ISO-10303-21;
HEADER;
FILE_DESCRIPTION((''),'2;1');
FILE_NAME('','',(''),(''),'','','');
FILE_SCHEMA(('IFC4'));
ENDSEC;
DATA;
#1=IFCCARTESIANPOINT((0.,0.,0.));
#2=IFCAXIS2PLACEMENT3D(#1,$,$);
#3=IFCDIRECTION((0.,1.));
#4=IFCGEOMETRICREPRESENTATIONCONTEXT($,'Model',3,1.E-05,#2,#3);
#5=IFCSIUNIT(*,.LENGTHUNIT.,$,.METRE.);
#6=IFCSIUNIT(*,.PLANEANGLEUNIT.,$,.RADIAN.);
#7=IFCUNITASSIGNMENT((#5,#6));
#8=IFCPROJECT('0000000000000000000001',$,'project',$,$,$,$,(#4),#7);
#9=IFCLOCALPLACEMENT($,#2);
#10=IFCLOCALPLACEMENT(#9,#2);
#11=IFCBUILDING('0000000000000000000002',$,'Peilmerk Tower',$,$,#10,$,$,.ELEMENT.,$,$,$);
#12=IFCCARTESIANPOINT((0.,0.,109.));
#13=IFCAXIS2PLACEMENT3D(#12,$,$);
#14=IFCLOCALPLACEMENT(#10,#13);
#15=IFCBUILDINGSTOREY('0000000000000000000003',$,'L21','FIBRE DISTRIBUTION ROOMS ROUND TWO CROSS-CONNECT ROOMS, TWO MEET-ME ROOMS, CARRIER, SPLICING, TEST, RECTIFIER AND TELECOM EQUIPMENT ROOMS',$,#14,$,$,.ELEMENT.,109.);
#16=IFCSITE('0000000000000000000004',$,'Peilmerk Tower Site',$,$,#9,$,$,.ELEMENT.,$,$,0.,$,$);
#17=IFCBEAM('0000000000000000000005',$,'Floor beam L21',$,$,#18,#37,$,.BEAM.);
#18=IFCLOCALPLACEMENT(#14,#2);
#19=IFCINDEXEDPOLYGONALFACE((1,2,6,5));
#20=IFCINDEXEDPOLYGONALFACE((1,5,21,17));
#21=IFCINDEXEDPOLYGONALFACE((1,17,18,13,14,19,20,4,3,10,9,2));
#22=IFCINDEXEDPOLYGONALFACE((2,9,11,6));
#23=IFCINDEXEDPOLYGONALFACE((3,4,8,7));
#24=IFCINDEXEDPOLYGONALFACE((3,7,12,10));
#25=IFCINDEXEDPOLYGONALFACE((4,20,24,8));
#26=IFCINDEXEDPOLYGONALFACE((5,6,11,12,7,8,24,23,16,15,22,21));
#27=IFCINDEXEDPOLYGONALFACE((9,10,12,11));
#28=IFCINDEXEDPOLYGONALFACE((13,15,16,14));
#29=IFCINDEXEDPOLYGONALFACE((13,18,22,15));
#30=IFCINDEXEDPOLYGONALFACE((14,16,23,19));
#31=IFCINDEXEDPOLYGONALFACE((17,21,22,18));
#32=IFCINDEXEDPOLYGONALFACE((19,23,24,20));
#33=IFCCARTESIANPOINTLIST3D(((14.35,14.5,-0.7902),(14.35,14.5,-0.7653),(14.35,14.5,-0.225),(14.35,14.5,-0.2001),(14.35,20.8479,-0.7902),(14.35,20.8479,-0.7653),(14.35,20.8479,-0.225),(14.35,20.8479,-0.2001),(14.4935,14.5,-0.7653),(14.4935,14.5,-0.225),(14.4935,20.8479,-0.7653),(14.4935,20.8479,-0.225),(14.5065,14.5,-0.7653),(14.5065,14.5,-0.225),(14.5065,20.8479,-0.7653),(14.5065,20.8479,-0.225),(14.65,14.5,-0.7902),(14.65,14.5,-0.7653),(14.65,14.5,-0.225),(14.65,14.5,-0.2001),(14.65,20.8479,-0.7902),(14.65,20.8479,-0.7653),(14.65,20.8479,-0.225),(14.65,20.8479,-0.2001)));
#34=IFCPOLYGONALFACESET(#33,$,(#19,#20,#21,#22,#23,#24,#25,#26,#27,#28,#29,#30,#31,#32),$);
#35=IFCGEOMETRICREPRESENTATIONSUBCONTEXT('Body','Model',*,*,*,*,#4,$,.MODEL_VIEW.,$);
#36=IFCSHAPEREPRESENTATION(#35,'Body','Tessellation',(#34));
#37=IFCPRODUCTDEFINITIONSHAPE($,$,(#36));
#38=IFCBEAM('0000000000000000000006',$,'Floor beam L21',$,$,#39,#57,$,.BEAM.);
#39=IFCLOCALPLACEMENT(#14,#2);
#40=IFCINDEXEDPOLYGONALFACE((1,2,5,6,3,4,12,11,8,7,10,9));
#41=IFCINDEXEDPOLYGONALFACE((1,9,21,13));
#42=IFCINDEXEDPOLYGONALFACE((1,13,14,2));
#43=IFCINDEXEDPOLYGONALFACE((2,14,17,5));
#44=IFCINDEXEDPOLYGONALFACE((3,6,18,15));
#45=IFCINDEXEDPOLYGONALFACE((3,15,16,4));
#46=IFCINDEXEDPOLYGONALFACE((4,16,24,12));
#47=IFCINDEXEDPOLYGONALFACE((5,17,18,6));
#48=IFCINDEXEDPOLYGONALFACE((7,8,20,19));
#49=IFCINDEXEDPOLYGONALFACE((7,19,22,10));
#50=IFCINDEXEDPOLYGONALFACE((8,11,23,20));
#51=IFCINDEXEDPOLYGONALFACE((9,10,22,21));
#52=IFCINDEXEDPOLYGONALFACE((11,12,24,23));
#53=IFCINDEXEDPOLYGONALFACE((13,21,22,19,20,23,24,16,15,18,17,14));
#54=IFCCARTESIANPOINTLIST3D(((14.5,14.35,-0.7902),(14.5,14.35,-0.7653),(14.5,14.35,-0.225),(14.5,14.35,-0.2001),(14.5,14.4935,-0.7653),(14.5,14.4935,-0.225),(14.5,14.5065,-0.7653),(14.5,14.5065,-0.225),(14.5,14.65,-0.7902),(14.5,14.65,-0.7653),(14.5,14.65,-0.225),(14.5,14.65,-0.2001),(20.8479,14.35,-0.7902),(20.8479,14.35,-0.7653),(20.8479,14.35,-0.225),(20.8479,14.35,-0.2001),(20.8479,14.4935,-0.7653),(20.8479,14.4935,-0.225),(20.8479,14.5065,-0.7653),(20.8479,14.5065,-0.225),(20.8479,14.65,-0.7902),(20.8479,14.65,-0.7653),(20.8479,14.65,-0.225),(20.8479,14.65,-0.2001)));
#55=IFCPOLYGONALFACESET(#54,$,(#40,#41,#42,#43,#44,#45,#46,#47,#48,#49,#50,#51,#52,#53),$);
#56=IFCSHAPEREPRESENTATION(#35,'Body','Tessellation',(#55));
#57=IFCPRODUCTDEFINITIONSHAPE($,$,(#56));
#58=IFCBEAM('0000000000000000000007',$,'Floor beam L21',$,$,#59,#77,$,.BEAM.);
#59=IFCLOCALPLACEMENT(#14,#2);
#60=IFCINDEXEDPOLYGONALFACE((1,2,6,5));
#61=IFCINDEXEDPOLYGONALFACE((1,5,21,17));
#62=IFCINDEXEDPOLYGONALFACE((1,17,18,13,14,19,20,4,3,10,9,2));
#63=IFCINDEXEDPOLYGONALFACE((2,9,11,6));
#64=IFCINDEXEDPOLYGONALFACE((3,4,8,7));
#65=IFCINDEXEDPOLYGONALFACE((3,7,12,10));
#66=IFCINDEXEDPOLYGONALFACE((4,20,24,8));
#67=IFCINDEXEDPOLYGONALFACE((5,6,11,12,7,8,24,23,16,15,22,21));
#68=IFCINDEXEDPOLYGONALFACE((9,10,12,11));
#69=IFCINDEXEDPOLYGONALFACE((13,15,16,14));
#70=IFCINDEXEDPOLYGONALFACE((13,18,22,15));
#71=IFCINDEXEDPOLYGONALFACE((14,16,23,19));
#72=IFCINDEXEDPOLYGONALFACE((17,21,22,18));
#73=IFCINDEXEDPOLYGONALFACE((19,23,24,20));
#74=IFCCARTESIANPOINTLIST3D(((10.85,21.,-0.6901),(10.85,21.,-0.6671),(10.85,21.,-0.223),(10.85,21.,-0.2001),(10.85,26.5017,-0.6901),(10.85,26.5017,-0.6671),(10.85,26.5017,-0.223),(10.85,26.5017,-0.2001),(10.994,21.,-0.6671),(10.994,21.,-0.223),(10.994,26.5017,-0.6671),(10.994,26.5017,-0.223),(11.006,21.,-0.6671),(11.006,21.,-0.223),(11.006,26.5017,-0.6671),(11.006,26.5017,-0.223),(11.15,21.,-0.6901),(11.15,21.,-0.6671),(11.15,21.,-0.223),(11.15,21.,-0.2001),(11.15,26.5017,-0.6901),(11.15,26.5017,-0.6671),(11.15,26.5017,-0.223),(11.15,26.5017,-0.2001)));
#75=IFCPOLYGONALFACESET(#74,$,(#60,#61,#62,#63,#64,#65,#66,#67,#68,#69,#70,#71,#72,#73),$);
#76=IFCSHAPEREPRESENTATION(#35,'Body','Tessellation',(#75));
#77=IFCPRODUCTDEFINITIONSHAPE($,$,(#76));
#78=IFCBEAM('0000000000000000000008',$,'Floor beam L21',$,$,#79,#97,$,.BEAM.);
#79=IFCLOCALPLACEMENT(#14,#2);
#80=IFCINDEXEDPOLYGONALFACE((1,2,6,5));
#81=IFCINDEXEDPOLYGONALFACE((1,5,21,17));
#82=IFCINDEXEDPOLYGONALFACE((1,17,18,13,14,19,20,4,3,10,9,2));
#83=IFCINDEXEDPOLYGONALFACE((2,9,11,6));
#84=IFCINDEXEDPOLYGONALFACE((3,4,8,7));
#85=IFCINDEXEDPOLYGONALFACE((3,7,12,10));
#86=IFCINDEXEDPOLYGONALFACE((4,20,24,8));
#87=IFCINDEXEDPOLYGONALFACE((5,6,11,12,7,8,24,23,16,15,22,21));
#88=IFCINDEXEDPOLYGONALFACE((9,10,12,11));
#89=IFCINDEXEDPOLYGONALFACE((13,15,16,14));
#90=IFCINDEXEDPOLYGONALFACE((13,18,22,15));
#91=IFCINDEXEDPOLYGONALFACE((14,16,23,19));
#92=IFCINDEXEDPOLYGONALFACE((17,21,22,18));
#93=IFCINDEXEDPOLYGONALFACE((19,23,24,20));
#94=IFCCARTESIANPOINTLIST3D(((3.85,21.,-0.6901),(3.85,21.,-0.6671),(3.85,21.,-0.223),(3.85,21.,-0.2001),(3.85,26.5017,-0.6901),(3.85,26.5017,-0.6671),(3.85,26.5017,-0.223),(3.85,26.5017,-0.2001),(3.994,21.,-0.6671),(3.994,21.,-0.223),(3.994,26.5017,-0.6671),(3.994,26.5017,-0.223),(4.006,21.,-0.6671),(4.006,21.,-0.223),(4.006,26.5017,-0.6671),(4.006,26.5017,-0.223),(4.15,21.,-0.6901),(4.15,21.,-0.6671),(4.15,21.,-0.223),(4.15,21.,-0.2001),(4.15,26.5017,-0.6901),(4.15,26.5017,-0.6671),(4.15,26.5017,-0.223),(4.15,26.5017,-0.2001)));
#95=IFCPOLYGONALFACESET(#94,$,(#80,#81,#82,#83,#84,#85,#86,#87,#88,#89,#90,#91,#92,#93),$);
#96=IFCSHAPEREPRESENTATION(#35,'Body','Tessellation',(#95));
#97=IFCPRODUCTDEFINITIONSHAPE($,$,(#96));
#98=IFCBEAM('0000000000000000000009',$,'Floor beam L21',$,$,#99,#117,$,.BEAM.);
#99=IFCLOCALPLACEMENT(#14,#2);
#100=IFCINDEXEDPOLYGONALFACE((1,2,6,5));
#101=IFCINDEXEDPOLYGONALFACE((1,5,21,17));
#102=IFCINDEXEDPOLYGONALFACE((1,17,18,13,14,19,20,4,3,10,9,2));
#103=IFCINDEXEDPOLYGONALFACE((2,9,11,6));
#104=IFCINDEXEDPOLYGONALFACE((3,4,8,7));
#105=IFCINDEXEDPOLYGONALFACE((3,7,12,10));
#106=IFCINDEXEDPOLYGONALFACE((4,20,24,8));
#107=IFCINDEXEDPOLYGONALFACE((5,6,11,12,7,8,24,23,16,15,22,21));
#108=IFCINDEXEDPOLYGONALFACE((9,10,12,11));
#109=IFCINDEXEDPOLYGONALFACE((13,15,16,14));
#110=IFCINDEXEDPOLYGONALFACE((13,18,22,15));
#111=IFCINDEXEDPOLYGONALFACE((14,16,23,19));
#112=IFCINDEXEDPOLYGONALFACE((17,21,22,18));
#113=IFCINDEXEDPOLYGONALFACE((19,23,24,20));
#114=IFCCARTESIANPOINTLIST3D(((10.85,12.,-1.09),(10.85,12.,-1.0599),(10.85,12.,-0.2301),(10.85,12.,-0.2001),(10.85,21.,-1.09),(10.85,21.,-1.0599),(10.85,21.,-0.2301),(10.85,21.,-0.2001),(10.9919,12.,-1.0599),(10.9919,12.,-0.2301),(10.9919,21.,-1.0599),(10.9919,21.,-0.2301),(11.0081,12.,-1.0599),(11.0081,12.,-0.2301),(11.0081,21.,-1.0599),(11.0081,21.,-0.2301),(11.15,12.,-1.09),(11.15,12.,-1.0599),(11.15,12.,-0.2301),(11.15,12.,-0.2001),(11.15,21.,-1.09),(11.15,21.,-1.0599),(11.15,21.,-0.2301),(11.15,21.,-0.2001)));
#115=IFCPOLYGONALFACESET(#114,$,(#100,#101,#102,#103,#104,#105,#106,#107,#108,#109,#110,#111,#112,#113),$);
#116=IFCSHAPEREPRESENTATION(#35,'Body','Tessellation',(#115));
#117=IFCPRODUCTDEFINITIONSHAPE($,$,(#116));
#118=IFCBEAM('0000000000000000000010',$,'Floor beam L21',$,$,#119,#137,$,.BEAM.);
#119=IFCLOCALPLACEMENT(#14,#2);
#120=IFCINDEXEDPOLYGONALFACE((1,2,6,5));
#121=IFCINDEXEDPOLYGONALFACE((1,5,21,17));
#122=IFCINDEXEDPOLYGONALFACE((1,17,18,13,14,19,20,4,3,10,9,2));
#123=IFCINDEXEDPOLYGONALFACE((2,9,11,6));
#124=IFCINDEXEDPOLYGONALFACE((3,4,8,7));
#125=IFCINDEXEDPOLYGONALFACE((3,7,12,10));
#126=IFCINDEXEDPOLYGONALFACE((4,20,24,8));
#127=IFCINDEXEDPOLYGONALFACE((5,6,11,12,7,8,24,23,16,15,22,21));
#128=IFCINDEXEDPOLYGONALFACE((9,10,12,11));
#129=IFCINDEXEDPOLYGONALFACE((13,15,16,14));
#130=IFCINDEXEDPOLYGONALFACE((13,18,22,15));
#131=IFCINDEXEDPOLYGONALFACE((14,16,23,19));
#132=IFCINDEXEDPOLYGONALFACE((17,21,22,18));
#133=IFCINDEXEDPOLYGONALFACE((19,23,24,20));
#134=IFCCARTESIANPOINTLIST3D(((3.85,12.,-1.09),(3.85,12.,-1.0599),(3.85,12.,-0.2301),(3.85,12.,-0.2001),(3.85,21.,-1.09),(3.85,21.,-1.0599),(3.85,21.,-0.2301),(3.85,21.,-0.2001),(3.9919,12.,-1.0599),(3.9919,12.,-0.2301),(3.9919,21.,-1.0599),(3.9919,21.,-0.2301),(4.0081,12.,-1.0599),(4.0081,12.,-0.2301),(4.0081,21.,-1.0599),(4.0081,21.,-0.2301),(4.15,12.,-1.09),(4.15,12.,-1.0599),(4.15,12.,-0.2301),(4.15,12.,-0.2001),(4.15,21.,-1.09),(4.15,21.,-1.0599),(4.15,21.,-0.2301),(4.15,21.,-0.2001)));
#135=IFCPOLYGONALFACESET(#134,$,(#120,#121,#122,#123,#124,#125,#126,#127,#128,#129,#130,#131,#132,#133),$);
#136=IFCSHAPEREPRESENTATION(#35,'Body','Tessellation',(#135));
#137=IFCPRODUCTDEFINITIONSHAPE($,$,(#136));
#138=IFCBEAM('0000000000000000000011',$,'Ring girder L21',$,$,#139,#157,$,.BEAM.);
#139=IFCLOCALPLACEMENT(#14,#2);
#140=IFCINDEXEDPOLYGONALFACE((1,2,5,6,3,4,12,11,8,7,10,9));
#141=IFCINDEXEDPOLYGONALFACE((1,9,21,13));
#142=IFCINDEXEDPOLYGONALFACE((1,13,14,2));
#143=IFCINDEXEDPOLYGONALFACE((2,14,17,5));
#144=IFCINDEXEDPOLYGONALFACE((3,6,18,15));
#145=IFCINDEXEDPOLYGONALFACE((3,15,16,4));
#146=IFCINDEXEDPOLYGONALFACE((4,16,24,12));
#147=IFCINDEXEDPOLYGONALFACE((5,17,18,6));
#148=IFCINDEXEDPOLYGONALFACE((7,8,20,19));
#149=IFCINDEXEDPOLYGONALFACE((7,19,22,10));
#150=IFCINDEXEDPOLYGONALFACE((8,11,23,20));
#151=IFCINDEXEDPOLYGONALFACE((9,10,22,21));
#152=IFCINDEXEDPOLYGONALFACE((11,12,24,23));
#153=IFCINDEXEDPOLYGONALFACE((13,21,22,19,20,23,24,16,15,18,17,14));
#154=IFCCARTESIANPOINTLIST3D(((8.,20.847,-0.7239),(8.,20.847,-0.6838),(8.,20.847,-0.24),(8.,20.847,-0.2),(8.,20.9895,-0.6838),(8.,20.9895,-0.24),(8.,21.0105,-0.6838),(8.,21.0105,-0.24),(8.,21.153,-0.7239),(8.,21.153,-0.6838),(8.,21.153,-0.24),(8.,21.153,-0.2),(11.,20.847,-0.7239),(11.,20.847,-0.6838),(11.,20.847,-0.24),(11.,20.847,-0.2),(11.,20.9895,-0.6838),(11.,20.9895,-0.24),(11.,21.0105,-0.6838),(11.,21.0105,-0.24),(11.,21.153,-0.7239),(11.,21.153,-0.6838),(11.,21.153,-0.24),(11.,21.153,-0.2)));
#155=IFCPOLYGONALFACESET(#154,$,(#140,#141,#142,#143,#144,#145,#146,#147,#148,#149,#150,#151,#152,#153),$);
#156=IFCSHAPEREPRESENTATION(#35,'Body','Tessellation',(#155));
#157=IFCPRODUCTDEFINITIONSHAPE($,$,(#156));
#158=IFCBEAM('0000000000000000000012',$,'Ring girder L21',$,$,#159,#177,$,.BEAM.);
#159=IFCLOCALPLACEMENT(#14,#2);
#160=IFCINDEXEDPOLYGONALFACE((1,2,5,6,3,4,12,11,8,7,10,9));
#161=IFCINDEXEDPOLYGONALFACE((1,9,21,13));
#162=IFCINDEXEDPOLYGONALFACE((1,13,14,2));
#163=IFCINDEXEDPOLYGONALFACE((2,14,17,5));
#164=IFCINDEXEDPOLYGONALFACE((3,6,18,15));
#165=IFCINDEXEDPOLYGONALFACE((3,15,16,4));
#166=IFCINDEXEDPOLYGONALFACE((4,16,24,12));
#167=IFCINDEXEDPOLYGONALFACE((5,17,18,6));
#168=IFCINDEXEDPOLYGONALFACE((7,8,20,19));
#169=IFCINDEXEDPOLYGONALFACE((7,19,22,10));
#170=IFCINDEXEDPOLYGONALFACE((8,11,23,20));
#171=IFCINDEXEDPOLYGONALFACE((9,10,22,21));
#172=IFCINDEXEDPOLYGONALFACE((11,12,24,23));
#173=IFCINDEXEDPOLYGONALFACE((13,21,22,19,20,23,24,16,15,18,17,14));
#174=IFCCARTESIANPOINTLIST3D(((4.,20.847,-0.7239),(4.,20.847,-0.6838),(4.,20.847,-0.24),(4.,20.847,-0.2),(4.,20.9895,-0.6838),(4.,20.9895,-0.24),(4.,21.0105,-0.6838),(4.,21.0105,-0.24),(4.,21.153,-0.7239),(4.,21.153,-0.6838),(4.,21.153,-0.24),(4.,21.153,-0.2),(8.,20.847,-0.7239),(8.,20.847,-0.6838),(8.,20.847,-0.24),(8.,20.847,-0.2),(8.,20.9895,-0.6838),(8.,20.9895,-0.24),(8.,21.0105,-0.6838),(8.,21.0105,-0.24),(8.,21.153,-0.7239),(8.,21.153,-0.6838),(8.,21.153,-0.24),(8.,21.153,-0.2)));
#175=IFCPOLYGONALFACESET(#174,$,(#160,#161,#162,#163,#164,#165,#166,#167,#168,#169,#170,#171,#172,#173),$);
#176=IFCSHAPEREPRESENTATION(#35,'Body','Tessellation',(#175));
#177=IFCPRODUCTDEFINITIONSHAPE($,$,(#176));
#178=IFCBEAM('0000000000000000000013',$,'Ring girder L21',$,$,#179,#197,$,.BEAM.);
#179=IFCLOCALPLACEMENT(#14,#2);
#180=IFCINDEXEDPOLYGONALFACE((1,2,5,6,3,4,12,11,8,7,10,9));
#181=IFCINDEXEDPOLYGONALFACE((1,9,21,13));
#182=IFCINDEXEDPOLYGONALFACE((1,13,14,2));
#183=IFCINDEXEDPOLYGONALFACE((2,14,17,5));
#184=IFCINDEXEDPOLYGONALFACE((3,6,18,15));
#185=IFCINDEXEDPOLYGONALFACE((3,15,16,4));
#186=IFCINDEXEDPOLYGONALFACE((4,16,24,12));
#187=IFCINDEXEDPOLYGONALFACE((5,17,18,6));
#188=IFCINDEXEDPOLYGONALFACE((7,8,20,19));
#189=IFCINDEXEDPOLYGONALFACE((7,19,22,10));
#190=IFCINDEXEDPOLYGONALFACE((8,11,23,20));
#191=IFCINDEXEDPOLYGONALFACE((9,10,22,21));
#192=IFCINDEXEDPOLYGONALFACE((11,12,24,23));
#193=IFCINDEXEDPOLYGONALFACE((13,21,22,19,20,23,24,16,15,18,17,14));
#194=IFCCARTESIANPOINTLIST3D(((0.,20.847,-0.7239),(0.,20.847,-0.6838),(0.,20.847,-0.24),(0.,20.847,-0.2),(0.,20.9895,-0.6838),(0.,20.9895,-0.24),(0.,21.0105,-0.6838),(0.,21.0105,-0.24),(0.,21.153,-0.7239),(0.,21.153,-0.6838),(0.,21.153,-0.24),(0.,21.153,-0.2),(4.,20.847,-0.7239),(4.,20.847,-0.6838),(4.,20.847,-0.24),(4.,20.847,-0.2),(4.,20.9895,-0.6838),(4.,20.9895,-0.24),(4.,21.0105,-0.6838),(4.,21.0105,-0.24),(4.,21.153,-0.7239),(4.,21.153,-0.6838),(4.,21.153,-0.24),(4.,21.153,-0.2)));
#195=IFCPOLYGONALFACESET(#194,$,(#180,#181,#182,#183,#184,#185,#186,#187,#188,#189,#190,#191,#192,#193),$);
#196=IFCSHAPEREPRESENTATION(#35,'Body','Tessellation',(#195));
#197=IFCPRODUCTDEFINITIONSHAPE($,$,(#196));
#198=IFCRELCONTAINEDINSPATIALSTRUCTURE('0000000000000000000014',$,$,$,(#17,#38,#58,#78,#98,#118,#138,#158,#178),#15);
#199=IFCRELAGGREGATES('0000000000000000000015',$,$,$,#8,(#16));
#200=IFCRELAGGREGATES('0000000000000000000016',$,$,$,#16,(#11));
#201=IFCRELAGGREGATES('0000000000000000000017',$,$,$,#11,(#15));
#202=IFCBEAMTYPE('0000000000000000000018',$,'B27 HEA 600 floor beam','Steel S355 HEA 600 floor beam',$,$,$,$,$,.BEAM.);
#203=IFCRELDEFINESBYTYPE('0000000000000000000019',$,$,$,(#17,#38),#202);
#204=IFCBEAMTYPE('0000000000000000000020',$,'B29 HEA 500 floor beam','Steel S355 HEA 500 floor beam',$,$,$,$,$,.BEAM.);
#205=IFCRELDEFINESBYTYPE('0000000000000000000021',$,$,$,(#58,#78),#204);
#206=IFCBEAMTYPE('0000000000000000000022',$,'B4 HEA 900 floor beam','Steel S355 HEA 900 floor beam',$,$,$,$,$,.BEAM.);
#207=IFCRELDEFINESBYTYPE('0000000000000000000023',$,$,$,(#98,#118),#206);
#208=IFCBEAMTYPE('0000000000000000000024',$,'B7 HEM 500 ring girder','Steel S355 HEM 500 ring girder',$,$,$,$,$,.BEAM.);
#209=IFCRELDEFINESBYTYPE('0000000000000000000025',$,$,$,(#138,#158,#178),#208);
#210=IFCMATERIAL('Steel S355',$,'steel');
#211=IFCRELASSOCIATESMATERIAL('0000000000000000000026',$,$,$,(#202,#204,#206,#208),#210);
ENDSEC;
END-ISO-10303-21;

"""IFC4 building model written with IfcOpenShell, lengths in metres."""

from ifc_helpers import new_model, si_unit, direction, frame, origin, origin_2d, place, context, subcontext, project, spatial, i_section, extrude, material, material_profile, profile_set, type_object, element, save


model = new_model("IFC4")

# Units and contexts
model_context = context("Model", 3, precision=1e-05, world=origin(), true_north=direction((0.0, 1.0)))
body_context = subcontext(model_context, "Body", "Model", "MODEL_VIEW")
ifc_project = project(units=[si_unit("LENGTHUNIT", "METRE"), si_unit("PLANEANGLEUNIT", "RADIAN")], contexts=[model_context])

# Site, building, storey
site_placement = place(None, origin())
site = spatial("IfcSite", under=ifc_project, at=site_placement, Name="Peilmerk Tower Site", CompositionType="ELEMENT", RefElevation=0.0)
building_placement = place(site_placement, origin())
building = spatial("IfcBuilding", under=site, at=building_placement, Name="Peilmerk Tower", CompositionType="ELEMENT")
storey_placement = place(building_placement, frame((0.0, 0.0, 109.0)))
storey = spatial("IfcBuildingStorey", under=building, at=storey_placement, Name="L21", Description="FIBRE DISTRIBUTION ROOMS ROUND TWO CROSS-CONNECT ROOMS, TWO MEET-ME ROOMS, CARRIER, SPLICING, TEST, RECTIFIER AND TELECOM EQUIPMENT ROOMS", CompositionType="ELEMENT", Elevation=109.0)

# Beams
ifc_material_1 = material(Name="Steel S355", Category="steel")
ifc_material_profile_1 = material_profile(ifc_material_1, i_section(OverallWidth=0.3, OverallDepth=0.5901, WebThickness=0.0129, FlangeThickness=0.0249, at=origin_2d()), Name="HEA 600")
ifc_profile_set_1 = profile_set([ifc_material_profile_1], Name="Steel S355")
beam_type_1 = type_object("IfcBeamType", Name="B27 HEA 600 floor beam", Description="Steel S355 HEA 600 floor beam", PredefinedType="BEAM", material=ifc_profile_set_1)
for number, where, z_axis, x_axis, name in (
    (1, (14.5, 14.5, -0.4951), (0.0, 1.0, 0.0), (-1.0, 0.0, 0.0), "Floor beam L21"),
    (2, (14.5, 14.5, -0.4951), (1.0, 0.0, 0.0), (0.0, 1.0, 0.0), "Floor beam L21"),
):
    element("IfcBeam", number, at=place(storey_placement, frame(where, z_axis=z_axis, x_axis=x_axis)), inside=storey, type_object=beam_type_1, Name=name, PredefinedType="BEAM", context=body_context, shape_type="SweptSolid", body=[
        extrude(i_section(OverallWidth=0.3, OverallDepth=0.5901, WebThickness=0.0129, FlangeThickness=0.0249, at=origin_2d()), origin(), (0.0, 0.0, 1.0), 6.3479),
    ])
ifc_material_profile_2 = material_profile(ifc_material_1, i_section(OverallWidth=0.3, OverallDepth=0.49, WebThickness=0.012, FlangeThickness=0.0229, at=origin_2d()), Name="HEA 500")
ifc_profile_set_2 = profile_set([ifc_material_profile_2], Name="Steel S355")
beam_type_2 = type_object("IfcBeamType", Name="B29 HEA 500 floor beam", Description="Steel S355 HEA 500 floor beam", PredefinedType="BEAM", material=ifc_profile_set_2)
for number, where, z_axis, x_axis, name in (
    (3, (11.0, 21.0, -0.4451), (0.0, 1.0, 0.0), (-1.0, 0.0, 0.0), "Floor beam L21"),
    (4, (4.0, 21.0, -0.4451), (0.0, 1.0, 0.0), (-1.0, 0.0, 0.0), "Floor beam L21"),
):
    element("IfcBeam", number, at=place(storey_placement, frame(where, z_axis=z_axis, x_axis=x_axis)), inside=storey, type_object=beam_type_2, Name=name, PredefinedType="BEAM", context=body_context, shape_type="SweptSolid", body=[
        extrude(i_section(OverallWidth=0.3, OverallDepth=0.49, WebThickness=0.012, FlangeThickness=0.0229, at=origin_2d()), origin(), (0.0, 0.0, 1.0), 5.5017),
    ])
ifc_material_profile_3 = material_profile(ifc_material_1, i_section(OverallWidth=0.3, OverallDepth=0.8899, WebThickness=0.0161, FlangeThickness=0.03, at=origin_2d()), Name="HEA 900")
ifc_profile_set_3 = profile_set([ifc_material_profile_3], Name="Steel S355")
beam_type_3 = type_object("IfcBeamType", Name="B4 HEA 900 floor beam", Description="Steel S355 HEA 900 floor beam", PredefinedType="BEAM", material=ifc_profile_set_3)
for number, where, z_axis, x_axis, name in (
    (5, (11.0, 12.0, -0.645), (0.0, 1.0, 0.0), (-1.0, 0.0, 0.0), "Floor beam L21"),
    (6, (4.0, 12.0, -0.645), (0.0, 1.0, 0.0), (-1.0, 0.0, 0.0), "Floor beam L21"),
):
    element("IfcBeam", number, at=place(storey_placement, frame(where, z_axis=z_axis, x_axis=x_axis)), inside=storey, type_object=beam_type_3, Name=name, PredefinedType="BEAM", context=body_context, shape_type="SweptSolid", body=[
        extrude(i_section(OverallWidth=0.3, OverallDepth=0.8899, WebThickness=0.0161, FlangeThickness=0.03, at=origin_2d()), origin(), (0.0, 0.0, 1.0), 9.0),
    ])
ifc_material_profile_4 = material_profile(ifc_material_1, i_section(OverallWidth=0.3059, OverallDepth=0.5239, WebThickness=0.021, FlangeThickness=0.04, at=origin_2d()), Name="HEM 500")
ifc_profile_set_4 = profile_set([ifc_material_profile_4], Name="Steel S355")
beam_type_4 = type_object("IfcBeamType", Name="B7 HEM 500 ring girder", Description="Steel S355 HEM 500 ring girder", PredefinedType="BEAM", material=ifc_profile_set_4)
beam_1_placement = place(storey_placement, frame((11.0, 21.0, -0.4619), z_axis=(-1.0, 0.0, 0.0), x_axis=(0.0, -1.0, 0.0)))
element("IfcBeam", 7, at=beam_1_placement, inside=storey, type_object=beam_type_4, Name="Ring girder L21", PredefinedType="BEAM", context=body_context, shape_type="SweptSolid", body=[
    extrude(i_section(OverallWidth=0.3059, OverallDepth=0.5239, WebThickness=0.021, FlangeThickness=0.04, at=origin_2d()), origin(), (0.0, 0.0, 1.0), 3.0),
])
for number, where, z_axis, x_axis, name in (
    (8, (8.0, 21.0, -0.4619), (-1.0, 0.0, 0.0), (0.0, -1.0, 0.0), "Ring girder L21"),
    (9, (4.0, 21.0, -0.4619), (-1.0, 0.0, 0.0), (0.0, -1.0, 0.0), "Ring girder L21"),
):
    element("IfcBeam", number, at=place(storey_placement, frame(where, z_axis=z_axis, x_axis=x_axis)), inside=storey, type_object=beam_type_4, Name=name, PredefinedType="BEAM", context=body_context, shape_type="SweptSolid", body=[
        extrude(i_section(OverallWidth=0.3059, OverallDepth=0.5239, WebThickness=0.021, FlangeThickness=0.04, at=origin_2d()), origin(), (0.0, 0.0, 1.0), 4.0),
    ])

save(model, "model.ifc")
